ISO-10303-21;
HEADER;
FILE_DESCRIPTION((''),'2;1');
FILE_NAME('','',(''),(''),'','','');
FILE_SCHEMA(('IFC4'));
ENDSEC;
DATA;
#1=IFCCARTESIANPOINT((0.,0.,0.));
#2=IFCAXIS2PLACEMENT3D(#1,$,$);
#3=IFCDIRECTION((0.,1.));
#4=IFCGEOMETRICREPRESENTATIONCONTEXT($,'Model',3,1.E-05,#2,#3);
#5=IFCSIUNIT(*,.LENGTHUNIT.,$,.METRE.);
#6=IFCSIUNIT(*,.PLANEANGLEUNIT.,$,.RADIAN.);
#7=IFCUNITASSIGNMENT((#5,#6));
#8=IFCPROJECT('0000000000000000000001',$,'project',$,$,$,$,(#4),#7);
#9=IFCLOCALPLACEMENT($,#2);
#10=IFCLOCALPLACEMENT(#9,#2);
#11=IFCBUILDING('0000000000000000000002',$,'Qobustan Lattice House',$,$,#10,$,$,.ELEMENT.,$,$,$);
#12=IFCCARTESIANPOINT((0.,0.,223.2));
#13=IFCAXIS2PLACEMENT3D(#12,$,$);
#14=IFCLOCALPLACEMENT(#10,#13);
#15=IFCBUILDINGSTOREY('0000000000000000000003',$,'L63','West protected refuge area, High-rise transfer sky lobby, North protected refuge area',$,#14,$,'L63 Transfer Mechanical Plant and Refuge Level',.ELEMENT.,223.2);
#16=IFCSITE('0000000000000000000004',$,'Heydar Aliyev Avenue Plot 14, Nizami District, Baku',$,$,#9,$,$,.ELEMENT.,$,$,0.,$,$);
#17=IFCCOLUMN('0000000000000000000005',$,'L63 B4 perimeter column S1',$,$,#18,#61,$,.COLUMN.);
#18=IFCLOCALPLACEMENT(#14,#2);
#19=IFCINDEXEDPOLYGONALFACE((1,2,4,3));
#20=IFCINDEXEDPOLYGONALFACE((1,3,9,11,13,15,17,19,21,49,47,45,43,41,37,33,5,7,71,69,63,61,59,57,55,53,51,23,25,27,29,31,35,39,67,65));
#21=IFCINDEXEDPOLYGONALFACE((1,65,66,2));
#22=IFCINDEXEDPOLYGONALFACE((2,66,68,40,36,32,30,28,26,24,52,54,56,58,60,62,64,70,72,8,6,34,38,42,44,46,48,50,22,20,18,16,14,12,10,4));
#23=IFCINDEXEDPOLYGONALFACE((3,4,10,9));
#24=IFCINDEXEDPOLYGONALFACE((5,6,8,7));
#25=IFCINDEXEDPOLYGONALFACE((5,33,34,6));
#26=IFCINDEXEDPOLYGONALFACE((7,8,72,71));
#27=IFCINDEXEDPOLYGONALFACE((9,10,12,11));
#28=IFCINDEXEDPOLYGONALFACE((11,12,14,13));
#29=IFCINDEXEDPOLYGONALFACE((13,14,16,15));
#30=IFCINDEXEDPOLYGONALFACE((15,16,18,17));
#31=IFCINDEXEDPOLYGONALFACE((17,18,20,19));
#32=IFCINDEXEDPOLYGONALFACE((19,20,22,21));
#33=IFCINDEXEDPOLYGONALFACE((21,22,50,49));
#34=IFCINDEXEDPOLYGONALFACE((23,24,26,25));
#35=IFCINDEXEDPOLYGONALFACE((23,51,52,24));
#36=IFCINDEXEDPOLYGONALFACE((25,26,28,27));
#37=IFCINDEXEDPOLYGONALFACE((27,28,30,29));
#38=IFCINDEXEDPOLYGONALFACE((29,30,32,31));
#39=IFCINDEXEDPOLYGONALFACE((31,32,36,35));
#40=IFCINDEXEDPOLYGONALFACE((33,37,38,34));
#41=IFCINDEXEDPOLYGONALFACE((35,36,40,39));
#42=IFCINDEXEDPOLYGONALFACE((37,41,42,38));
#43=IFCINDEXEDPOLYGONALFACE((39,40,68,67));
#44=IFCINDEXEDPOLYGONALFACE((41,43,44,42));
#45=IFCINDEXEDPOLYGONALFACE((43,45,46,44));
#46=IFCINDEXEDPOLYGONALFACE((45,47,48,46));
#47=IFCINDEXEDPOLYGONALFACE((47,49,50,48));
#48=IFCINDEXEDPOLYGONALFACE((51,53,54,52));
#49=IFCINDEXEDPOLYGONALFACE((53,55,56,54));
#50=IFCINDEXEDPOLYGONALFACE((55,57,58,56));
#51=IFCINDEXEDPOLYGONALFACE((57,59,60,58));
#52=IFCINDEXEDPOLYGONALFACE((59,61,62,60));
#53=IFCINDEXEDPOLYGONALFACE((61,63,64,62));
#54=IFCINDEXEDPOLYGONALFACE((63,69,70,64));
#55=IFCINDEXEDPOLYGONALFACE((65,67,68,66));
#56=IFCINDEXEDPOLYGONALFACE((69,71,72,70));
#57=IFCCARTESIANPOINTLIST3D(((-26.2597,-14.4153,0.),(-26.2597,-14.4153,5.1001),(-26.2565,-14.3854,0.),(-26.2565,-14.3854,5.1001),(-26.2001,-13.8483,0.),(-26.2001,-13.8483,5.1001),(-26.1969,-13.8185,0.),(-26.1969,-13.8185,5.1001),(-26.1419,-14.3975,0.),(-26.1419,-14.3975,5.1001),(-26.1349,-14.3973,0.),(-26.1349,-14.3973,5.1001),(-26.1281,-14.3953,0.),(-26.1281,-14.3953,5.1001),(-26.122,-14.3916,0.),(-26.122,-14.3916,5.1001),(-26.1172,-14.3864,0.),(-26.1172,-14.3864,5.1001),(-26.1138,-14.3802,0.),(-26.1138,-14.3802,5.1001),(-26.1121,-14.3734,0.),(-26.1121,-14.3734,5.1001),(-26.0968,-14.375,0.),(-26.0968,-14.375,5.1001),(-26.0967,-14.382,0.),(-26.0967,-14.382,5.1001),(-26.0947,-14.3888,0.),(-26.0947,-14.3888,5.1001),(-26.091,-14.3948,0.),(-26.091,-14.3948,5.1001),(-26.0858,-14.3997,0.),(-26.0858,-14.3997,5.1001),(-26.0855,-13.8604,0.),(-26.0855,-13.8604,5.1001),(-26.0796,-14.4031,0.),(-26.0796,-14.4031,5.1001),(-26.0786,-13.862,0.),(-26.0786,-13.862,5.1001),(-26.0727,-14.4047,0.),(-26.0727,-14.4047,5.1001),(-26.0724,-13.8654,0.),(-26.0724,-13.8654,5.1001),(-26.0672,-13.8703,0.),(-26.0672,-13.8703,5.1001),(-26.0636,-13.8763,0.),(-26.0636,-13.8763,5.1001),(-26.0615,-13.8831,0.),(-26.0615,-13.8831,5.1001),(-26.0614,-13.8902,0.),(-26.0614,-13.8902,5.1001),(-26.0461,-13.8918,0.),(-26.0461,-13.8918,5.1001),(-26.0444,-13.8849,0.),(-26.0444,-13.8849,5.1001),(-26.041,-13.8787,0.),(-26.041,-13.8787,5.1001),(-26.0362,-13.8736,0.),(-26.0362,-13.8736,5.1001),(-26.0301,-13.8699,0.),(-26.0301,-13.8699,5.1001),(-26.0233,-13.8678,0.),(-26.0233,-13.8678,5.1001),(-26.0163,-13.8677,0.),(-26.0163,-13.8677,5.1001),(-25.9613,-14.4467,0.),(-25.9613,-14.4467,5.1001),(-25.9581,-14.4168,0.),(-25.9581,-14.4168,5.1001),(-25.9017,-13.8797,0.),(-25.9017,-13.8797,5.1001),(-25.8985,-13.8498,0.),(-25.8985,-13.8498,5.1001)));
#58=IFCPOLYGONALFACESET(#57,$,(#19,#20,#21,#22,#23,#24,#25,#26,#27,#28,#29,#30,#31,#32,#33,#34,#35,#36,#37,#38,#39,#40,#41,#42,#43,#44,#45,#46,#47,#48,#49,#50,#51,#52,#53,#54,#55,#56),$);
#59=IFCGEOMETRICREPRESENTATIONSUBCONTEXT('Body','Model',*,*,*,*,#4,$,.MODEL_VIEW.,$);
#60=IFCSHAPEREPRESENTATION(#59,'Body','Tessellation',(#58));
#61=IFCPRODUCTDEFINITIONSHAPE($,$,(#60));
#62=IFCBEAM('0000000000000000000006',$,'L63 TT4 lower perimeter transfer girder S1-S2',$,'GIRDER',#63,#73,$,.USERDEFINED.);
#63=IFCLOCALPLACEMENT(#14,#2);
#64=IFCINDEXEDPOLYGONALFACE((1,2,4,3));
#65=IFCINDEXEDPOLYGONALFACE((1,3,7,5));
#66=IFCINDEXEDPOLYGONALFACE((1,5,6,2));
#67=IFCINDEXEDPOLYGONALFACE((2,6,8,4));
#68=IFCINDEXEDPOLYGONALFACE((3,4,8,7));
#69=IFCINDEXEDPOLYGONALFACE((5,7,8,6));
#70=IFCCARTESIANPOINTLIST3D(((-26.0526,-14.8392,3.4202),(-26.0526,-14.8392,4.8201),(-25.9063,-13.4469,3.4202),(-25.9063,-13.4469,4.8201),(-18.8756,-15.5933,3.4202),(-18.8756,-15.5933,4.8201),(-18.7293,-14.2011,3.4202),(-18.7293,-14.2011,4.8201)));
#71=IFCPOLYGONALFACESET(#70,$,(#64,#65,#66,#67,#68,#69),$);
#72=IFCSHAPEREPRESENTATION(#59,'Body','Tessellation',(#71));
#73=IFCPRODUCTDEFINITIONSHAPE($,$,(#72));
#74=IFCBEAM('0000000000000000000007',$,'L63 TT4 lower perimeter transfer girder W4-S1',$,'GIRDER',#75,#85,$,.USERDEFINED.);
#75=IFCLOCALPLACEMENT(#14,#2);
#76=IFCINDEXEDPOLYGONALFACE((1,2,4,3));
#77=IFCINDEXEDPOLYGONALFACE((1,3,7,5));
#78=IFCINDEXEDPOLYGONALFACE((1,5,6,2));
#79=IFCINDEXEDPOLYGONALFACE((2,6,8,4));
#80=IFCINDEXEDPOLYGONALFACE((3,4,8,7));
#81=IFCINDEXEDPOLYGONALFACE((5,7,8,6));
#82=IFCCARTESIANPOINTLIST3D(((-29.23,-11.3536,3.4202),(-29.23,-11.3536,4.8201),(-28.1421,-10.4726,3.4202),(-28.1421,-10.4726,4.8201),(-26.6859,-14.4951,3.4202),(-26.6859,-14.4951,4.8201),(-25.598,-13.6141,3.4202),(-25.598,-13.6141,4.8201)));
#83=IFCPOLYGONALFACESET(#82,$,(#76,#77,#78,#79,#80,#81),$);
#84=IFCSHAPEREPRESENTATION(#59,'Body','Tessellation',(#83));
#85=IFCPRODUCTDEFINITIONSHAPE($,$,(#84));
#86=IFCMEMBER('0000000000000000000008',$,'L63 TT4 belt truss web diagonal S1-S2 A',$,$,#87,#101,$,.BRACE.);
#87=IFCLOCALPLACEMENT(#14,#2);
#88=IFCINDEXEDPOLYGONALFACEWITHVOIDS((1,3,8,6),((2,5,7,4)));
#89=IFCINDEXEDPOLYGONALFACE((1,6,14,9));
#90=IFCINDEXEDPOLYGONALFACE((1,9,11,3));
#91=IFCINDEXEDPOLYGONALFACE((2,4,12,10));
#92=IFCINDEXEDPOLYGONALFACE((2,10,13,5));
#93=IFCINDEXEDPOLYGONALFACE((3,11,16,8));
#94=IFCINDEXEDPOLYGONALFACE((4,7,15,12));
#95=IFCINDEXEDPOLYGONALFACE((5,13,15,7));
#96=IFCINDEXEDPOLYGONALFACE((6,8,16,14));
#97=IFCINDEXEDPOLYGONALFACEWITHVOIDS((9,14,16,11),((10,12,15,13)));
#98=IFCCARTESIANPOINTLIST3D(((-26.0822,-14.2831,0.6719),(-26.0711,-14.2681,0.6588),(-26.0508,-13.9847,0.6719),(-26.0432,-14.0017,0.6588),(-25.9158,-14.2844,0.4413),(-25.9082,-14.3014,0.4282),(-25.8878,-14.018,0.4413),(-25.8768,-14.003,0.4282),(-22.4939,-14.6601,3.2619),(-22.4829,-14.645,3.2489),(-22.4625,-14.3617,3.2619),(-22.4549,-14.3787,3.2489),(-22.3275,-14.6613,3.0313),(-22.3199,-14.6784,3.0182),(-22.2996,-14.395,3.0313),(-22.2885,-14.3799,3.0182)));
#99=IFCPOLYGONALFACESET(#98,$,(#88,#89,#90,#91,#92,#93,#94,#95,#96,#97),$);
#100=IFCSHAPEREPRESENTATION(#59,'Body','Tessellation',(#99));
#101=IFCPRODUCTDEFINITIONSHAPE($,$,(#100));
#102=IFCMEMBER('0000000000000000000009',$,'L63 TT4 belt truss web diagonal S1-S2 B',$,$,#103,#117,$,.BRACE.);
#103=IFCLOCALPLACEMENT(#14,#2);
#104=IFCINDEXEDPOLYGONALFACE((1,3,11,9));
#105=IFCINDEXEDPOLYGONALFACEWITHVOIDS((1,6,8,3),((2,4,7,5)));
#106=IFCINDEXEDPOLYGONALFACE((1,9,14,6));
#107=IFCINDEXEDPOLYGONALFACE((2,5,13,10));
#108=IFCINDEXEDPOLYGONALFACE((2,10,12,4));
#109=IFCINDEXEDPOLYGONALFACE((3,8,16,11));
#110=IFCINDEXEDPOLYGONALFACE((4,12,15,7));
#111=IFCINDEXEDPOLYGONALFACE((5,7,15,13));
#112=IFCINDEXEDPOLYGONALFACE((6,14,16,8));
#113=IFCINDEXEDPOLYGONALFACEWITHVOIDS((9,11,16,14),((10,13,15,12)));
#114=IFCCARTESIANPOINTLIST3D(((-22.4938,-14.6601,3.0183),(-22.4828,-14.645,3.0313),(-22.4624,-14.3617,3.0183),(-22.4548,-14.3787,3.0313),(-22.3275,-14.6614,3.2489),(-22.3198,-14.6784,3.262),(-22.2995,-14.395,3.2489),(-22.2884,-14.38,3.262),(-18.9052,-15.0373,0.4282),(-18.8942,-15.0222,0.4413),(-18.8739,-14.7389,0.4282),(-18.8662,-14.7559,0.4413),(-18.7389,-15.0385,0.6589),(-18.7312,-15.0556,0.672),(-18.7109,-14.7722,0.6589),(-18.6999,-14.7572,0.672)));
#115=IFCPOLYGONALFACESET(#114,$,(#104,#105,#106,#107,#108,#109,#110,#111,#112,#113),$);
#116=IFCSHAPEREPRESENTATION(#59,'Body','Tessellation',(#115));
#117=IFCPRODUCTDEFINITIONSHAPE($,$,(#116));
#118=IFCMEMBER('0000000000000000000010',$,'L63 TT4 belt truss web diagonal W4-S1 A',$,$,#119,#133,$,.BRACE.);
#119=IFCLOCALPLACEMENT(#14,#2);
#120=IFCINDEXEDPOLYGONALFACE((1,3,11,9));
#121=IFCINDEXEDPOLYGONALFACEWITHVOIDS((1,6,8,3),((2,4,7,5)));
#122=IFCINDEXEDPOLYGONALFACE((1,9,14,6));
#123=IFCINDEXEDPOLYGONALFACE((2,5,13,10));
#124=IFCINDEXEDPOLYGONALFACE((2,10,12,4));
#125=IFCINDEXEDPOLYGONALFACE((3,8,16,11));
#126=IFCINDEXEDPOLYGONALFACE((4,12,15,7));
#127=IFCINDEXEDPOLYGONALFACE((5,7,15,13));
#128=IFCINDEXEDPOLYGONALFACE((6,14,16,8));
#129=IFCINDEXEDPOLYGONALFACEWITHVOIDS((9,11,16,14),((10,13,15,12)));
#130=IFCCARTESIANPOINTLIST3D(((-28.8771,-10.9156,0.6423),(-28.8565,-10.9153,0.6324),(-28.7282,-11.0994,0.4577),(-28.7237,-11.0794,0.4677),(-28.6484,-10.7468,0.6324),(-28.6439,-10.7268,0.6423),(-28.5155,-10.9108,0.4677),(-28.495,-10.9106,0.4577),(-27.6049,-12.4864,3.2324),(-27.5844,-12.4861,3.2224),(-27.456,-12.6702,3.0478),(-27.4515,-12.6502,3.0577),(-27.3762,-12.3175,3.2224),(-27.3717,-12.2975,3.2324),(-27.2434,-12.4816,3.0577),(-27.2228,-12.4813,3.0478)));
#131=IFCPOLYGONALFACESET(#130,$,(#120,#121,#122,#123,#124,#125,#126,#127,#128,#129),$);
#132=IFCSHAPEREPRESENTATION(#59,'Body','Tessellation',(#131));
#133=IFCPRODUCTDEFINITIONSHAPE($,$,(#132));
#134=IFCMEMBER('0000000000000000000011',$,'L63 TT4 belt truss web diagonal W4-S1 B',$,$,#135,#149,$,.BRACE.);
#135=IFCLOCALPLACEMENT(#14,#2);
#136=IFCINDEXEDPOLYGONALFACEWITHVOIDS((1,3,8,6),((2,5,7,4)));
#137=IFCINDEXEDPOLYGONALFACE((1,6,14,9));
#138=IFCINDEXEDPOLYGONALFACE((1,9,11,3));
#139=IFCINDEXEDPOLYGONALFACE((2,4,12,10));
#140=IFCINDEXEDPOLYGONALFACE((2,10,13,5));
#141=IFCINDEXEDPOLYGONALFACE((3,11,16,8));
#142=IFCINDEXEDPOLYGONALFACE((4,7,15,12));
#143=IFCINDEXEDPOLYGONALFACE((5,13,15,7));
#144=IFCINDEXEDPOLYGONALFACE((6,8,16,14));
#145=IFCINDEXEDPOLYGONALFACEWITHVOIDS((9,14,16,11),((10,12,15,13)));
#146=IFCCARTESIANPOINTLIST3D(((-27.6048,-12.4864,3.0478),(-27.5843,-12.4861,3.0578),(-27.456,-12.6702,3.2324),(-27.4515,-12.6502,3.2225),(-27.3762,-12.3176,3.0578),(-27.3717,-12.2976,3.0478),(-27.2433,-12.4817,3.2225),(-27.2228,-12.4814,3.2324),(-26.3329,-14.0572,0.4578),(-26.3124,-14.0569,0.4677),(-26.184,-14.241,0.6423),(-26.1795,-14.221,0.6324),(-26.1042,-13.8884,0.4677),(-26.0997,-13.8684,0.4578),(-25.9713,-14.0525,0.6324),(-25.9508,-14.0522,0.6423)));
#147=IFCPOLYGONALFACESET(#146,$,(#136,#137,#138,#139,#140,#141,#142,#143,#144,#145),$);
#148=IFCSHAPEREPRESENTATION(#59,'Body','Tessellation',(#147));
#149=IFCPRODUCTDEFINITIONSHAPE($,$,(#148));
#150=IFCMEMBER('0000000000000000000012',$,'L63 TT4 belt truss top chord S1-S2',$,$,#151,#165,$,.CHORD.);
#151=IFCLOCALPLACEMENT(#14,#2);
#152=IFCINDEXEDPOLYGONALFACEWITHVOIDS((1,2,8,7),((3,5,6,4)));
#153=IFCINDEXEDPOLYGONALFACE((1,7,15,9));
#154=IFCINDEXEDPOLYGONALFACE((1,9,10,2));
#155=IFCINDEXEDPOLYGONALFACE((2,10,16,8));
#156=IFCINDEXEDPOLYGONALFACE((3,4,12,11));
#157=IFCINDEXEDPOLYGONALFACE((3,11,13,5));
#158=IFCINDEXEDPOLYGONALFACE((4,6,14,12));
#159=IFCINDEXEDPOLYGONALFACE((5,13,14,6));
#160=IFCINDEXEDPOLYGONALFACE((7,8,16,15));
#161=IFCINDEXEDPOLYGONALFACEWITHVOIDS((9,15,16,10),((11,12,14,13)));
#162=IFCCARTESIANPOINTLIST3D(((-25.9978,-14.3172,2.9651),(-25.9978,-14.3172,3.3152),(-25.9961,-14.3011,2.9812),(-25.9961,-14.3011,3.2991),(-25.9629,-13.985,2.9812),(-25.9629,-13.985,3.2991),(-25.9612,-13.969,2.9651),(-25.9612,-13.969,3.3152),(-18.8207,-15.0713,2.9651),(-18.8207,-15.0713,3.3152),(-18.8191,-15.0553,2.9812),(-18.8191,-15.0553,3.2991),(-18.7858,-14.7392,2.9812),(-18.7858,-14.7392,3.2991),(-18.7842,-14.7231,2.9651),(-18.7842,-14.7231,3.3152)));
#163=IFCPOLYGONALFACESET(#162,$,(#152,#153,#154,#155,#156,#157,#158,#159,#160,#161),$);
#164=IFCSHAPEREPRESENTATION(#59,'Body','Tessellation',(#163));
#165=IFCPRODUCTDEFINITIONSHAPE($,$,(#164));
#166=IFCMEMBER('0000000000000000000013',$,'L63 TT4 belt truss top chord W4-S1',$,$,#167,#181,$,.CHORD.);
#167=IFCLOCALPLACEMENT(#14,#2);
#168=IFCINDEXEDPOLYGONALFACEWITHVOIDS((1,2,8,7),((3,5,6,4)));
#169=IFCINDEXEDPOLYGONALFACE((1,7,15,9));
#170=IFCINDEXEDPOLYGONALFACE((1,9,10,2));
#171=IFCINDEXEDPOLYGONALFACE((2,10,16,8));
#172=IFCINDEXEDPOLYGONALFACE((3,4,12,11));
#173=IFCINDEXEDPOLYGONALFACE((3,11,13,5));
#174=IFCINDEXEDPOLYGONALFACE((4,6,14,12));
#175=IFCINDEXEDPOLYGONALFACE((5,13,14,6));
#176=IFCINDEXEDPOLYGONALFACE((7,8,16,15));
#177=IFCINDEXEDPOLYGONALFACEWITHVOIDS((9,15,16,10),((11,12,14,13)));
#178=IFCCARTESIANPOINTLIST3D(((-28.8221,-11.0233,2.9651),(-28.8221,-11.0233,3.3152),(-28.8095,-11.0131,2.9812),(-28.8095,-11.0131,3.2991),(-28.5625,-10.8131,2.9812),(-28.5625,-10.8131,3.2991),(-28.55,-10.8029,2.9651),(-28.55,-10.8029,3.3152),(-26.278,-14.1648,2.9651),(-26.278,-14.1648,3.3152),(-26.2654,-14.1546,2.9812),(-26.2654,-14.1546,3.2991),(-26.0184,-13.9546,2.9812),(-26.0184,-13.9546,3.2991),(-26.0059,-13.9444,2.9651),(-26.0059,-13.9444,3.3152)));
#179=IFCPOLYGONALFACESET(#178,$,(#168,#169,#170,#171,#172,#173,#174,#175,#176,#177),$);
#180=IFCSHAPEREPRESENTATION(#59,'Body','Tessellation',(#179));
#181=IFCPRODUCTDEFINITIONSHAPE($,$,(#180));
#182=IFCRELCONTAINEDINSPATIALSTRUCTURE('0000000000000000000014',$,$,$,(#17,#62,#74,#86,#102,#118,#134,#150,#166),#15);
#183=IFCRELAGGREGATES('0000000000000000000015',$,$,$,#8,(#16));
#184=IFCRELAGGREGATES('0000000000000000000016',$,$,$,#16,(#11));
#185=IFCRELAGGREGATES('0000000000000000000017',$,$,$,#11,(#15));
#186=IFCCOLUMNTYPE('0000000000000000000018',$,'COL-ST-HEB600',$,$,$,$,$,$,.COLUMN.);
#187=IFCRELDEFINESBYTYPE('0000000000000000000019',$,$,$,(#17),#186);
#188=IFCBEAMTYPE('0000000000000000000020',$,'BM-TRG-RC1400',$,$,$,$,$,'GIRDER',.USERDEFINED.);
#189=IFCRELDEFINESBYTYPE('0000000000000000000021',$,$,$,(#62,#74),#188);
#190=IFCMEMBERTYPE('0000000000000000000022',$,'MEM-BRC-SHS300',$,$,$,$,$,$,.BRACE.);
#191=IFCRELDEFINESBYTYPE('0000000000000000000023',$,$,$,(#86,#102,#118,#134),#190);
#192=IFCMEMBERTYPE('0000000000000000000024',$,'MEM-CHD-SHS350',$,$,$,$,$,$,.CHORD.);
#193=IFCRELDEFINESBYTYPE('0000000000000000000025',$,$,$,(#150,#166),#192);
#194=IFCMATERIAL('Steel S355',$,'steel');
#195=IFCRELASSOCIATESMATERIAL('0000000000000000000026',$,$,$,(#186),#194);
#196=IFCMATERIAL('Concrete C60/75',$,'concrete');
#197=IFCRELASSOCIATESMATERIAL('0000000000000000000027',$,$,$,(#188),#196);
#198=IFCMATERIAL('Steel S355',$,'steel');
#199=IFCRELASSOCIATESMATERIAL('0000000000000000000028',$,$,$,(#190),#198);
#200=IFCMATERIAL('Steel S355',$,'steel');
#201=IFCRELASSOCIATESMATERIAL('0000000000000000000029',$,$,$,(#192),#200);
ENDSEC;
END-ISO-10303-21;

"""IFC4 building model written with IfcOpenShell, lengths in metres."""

from ifc_helpers import new_model, si_unit, direction, frame, origin, origin_2d, place, context, subcontext, project, spatial, rectangle, hollow_rectangle, i_section, extrude, material, material_profile, profile_set, type_object, element, save


model = new_model("IFC4")

# Units and contexts
model_context = context("Model", 3, precision=1e-05, world=origin(), true_north=direction((0.0, 1.0)))
body_context = subcontext(model_context, "Body", "Model", "MODEL_VIEW")
ifc_project = project(units=[si_unit("LENGTHUNIT", "METRE"), si_unit("PLANEANGLEUNIT", "RADIAN")], contexts=[model_context])

# Site, building, storey
site_placement = place(None, origin())
site = spatial("IfcSite", under=ifc_project, at=site_placement, Name="Heydar Aliyev Avenue Plot 14, Nizami District, Baku", CompositionType="ELEMENT", RefElevation=0.0)
building_placement = place(site_placement, origin())
building = spatial("IfcBuilding", under=site, at=building_placement, Name="Qobustan Lattice House", CompositionType="ELEMENT")
storey_placement = place(building_placement, frame((0.0, 0.0, 223.2)))
storey = spatial("IfcBuildingStorey", under=building, at=storey_placement, Name="L63", Description="West protected refuge area, High-rise transfer sky lobby, North protected refuge area", LongName="L63 Transfer Mechanical Plant and Refuge Level", CompositionType="ELEMENT", Elevation=223.2)

# Column
ifc_material_1 = material(Name="Steel S355", Category="steel")
ifc_material_profile_1 = material_profile(ifc_material_1, i_section(OverallWidth=0.3, OverallDepth=0.6001, WebThickness=0.0154, FlangeThickness=0.03, FilletRadius=0.0271, at=origin_2d()), Name="HEB600")
ifc_profile_set_1 = profile_set([ifc_material_profile_1], Name="Steel S355")
column_type = type_object("IfcColumnType", Name="COL-ST-HEB600", PredefinedType="COLUMN", material=ifc_profile_set_1)
column_placement = place(storey_placement, frame((-26.0791, -14.1326, 0.0), z_axis=(0.0, 0.0, 1.0), x_axis=(0.994522, -0.104528, 0.0)))
element("IfcColumn", 1, at=column_placement, inside=storey, type_object=column_type, Name="L63 B4 perimeter column S1", PredefinedType="COLUMN", context=body_context, shape_type="SweptSolid", body=[
    extrude(i_section(OverallWidth=0.3, OverallDepth=0.6001, WebThickness=0.0154, FlangeThickness=0.03, FilletRadius=0.0271, at=origin_2d()), origin(), (0.0, 0.0, 1.0), 5.1001),
])

# Beams
ifc_material_2 = material(Name="Concrete C60/75", Category="concrete")
ifc_material_profile_2 = material_profile(ifc_material_2, rectangle(XDim=1.3999, YDim=1.3999, at=origin_2d()), Name="RC1400x1400")
ifc_profile_set_2 = profile_set([ifc_material_profile_2], Name="Concrete C60/75")
beam_type = type_object("IfcBeamType", Name="BM-TRG-RC1400", ElementType="GIRDER", PredefinedType="USERDEFINED", material=ifc_profile_set_2)
beam_1_placement = place(storey_placement, frame((-25.9795, -14.1431, 4.1201), z_axis=(0.994525, -0.104503, 0.0), x_axis=(0.104503, 0.994525, 0.0)))
element("IfcBeam", 2, at=beam_1_placement, inside=storey, type_object=beam_type, Name="L63 TT4 lower perimeter transfer girder S1-S2", ObjectType="GIRDER", PredefinedType="USERDEFINED", context=body_context, shape_type="SweptSolid", body=[
    extrude(rectangle(XDim=1.3999, YDim=1.3999, at=origin_2d()), origin(), (0.0, 0.0, 1.0), 7.2166),
])
beam_2_placement = place(storey_placement, frame((-28.686, -10.9131, 4.1201), z_axis=(0.629346, -0.777125, 0.0), x_axis=(0.777125, 0.629346, 0.0)))
element("IfcBeam", 3, at=beam_2_placement, inside=storey, type_object=beam_type, Name="L63 TT4 lower perimeter transfer girder W4-S1", ObjectType="GIRDER", PredefinedType="USERDEFINED", context=body_context, shape_type="SweptSolid", body=[
    extrude(rectangle(XDim=1.3999, YDim=1.3999, at=origin_2d()), origin(), (0.0, 0.0, 1.0), 4.0425),
])

# Members
ifc_material_3 = material(Name="Steel S355", Category="steel")
ifc_material_profile_3 = material_profile(ifc_material_3, hollow_rectangle(XDim=0.3, YDim=0.3, WallThickness=0.0161, at=origin_2d()), Name="SHS300x300x16")
ifc_profile_set_3 = profile_set([ifc_material_profile_3], Name="Steel S355")
member_type_1 = type_object("IfcMemberType", Name="MEM-BRC-SHS300", PredefinedType="BRACE", material=ifc_profile_set_3)
member_1_placement = place(storey_placement, frame((-25.9795, -14.1431, 0.55), z_axis=(0.807917, -0.08487, 0.583153), x_axis=(0.104473, 0.994528, 0.0)))
element("IfcMember", 4, at=member_1_placement, inside=storey, type_object=member_type_1, Name="L63 TT4 belt truss web diagonal S1-S2 A", PredefinedType="BRACE", context=body_context, shape_type="SweptSolid", body=[
    extrude(hollow_rectangle(XDim=0.3, YDim=0.3, WallThickness=0.0161, at=origin_2d()), origin(), (0.0, 0.0, 1.0), 4.4414),
])
member_2_placement = place(storey_placement, frame((-22.3911, -14.52, 3.1401), z_axis=(0.807932, -0.084921, -0.583125), x_axis=(0.104533, 0.994521, 0.0)))
element("IfcMember", 5, at=member_2_placement, inside=storey, type_object=member_type_1, Name="L63 TT4 belt truss web diagonal S1-S2 B", PredefinedType="BRACE", context=body_context, shape_type="SweptSolid", body=[
    extrude(hollow_rectangle(XDim=0.3, YDim=0.3, WallThickness=0.0161, at=origin_2d()), origin(), (0.0, 0.0, 1.0), 4.4417),
])
for number, where, z_axis, x_axis, name in (
    (6, (-28.686, -10.9131, 0.55), (0.387222, -0.478101, 0.788339), (0.777096, 0.629382, 0.0), "L63 TT4 belt truss web diagonal W4-S1 A"),
    (7, (-27.4138, -12.4839, 3.1401), (0.387159, -0.478115, -0.788362), (0.777155, 0.629309, 0.0), "L63 TT4 belt truss web diagonal W4-S1 B"),
):
    element("IfcMember", number, at=place(storey_placement, frame(where, z_axis=z_axis, x_axis=x_axis)), inside=storey, type_object=member_type_1, Name=name, PredefinedType="BRACE", context=body_context, shape_type="SweptSolid", body=[
        extrude(hollow_rectangle(XDim=0.3, YDim=0.3, WallThickness=0.0161, at=origin_2d()), origin(), (0.0, 0.0, 1.0), 3.2854),
    ])
ifc_material_4 = material(Name="Steel S355", Category="steel")
ifc_material_profile_4 = material_profile(ifc_material_4, hollow_rectangle(XDim=0.3501, YDim=0.3501, WallThickness=0.0161, at=origin_2d()), Name="SHS350x350x16")
ifc_profile_set_4 = profile_set([ifc_material_profile_4], Name="Steel S355")
member_type_2 = type_object("IfcMemberType", Name="MEM-CHD-SHS350", PredefinedType="CHORD", material=ifc_profile_set_4)
member_3_placement = place(storey_placement, frame((-25.9795, -14.1431, 3.1401), z_axis=(0.994525, -0.104503, 0.0), x_axis=(0.104503, 0.994525, 0.0)))
element("IfcMember", 8, at=member_3_placement, inside=storey, type_object=member_type_2, Name="L63 TT4 belt truss top chord S1-S2", PredefinedType="CHORD", context=body_context, shape_type="SweptSolid", body=[
    extrude(hollow_rectangle(XDim=0.3501, YDim=0.3501, WallThickness=0.0161, at=origin_2d()), origin(), (0.0, 0.0, 1.0), 7.2166),
])
member_4_placement = place(storey_placement, frame((-28.686, -10.9131, 3.1401), z_axis=(0.629346, -0.777125, 0.0), x_axis=(0.777125, 0.629346, 0.0)))
element("IfcMember", 9, at=member_4_placement, inside=storey, type_object=member_type_2, Name="L63 TT4 belt truss top chord W4-S1", PredefinedType="CHORD", context=body_context, shape_type="SweptSolid", body=[
    extrude(hollow_rectangle(XDim=0.3501, YDim=0.3501, WallThickness=0.0161, at=origin_2d()), origin(), (0.0, 0.0, 1.0), 4.0425),
])

save(model, "model.ifc")
